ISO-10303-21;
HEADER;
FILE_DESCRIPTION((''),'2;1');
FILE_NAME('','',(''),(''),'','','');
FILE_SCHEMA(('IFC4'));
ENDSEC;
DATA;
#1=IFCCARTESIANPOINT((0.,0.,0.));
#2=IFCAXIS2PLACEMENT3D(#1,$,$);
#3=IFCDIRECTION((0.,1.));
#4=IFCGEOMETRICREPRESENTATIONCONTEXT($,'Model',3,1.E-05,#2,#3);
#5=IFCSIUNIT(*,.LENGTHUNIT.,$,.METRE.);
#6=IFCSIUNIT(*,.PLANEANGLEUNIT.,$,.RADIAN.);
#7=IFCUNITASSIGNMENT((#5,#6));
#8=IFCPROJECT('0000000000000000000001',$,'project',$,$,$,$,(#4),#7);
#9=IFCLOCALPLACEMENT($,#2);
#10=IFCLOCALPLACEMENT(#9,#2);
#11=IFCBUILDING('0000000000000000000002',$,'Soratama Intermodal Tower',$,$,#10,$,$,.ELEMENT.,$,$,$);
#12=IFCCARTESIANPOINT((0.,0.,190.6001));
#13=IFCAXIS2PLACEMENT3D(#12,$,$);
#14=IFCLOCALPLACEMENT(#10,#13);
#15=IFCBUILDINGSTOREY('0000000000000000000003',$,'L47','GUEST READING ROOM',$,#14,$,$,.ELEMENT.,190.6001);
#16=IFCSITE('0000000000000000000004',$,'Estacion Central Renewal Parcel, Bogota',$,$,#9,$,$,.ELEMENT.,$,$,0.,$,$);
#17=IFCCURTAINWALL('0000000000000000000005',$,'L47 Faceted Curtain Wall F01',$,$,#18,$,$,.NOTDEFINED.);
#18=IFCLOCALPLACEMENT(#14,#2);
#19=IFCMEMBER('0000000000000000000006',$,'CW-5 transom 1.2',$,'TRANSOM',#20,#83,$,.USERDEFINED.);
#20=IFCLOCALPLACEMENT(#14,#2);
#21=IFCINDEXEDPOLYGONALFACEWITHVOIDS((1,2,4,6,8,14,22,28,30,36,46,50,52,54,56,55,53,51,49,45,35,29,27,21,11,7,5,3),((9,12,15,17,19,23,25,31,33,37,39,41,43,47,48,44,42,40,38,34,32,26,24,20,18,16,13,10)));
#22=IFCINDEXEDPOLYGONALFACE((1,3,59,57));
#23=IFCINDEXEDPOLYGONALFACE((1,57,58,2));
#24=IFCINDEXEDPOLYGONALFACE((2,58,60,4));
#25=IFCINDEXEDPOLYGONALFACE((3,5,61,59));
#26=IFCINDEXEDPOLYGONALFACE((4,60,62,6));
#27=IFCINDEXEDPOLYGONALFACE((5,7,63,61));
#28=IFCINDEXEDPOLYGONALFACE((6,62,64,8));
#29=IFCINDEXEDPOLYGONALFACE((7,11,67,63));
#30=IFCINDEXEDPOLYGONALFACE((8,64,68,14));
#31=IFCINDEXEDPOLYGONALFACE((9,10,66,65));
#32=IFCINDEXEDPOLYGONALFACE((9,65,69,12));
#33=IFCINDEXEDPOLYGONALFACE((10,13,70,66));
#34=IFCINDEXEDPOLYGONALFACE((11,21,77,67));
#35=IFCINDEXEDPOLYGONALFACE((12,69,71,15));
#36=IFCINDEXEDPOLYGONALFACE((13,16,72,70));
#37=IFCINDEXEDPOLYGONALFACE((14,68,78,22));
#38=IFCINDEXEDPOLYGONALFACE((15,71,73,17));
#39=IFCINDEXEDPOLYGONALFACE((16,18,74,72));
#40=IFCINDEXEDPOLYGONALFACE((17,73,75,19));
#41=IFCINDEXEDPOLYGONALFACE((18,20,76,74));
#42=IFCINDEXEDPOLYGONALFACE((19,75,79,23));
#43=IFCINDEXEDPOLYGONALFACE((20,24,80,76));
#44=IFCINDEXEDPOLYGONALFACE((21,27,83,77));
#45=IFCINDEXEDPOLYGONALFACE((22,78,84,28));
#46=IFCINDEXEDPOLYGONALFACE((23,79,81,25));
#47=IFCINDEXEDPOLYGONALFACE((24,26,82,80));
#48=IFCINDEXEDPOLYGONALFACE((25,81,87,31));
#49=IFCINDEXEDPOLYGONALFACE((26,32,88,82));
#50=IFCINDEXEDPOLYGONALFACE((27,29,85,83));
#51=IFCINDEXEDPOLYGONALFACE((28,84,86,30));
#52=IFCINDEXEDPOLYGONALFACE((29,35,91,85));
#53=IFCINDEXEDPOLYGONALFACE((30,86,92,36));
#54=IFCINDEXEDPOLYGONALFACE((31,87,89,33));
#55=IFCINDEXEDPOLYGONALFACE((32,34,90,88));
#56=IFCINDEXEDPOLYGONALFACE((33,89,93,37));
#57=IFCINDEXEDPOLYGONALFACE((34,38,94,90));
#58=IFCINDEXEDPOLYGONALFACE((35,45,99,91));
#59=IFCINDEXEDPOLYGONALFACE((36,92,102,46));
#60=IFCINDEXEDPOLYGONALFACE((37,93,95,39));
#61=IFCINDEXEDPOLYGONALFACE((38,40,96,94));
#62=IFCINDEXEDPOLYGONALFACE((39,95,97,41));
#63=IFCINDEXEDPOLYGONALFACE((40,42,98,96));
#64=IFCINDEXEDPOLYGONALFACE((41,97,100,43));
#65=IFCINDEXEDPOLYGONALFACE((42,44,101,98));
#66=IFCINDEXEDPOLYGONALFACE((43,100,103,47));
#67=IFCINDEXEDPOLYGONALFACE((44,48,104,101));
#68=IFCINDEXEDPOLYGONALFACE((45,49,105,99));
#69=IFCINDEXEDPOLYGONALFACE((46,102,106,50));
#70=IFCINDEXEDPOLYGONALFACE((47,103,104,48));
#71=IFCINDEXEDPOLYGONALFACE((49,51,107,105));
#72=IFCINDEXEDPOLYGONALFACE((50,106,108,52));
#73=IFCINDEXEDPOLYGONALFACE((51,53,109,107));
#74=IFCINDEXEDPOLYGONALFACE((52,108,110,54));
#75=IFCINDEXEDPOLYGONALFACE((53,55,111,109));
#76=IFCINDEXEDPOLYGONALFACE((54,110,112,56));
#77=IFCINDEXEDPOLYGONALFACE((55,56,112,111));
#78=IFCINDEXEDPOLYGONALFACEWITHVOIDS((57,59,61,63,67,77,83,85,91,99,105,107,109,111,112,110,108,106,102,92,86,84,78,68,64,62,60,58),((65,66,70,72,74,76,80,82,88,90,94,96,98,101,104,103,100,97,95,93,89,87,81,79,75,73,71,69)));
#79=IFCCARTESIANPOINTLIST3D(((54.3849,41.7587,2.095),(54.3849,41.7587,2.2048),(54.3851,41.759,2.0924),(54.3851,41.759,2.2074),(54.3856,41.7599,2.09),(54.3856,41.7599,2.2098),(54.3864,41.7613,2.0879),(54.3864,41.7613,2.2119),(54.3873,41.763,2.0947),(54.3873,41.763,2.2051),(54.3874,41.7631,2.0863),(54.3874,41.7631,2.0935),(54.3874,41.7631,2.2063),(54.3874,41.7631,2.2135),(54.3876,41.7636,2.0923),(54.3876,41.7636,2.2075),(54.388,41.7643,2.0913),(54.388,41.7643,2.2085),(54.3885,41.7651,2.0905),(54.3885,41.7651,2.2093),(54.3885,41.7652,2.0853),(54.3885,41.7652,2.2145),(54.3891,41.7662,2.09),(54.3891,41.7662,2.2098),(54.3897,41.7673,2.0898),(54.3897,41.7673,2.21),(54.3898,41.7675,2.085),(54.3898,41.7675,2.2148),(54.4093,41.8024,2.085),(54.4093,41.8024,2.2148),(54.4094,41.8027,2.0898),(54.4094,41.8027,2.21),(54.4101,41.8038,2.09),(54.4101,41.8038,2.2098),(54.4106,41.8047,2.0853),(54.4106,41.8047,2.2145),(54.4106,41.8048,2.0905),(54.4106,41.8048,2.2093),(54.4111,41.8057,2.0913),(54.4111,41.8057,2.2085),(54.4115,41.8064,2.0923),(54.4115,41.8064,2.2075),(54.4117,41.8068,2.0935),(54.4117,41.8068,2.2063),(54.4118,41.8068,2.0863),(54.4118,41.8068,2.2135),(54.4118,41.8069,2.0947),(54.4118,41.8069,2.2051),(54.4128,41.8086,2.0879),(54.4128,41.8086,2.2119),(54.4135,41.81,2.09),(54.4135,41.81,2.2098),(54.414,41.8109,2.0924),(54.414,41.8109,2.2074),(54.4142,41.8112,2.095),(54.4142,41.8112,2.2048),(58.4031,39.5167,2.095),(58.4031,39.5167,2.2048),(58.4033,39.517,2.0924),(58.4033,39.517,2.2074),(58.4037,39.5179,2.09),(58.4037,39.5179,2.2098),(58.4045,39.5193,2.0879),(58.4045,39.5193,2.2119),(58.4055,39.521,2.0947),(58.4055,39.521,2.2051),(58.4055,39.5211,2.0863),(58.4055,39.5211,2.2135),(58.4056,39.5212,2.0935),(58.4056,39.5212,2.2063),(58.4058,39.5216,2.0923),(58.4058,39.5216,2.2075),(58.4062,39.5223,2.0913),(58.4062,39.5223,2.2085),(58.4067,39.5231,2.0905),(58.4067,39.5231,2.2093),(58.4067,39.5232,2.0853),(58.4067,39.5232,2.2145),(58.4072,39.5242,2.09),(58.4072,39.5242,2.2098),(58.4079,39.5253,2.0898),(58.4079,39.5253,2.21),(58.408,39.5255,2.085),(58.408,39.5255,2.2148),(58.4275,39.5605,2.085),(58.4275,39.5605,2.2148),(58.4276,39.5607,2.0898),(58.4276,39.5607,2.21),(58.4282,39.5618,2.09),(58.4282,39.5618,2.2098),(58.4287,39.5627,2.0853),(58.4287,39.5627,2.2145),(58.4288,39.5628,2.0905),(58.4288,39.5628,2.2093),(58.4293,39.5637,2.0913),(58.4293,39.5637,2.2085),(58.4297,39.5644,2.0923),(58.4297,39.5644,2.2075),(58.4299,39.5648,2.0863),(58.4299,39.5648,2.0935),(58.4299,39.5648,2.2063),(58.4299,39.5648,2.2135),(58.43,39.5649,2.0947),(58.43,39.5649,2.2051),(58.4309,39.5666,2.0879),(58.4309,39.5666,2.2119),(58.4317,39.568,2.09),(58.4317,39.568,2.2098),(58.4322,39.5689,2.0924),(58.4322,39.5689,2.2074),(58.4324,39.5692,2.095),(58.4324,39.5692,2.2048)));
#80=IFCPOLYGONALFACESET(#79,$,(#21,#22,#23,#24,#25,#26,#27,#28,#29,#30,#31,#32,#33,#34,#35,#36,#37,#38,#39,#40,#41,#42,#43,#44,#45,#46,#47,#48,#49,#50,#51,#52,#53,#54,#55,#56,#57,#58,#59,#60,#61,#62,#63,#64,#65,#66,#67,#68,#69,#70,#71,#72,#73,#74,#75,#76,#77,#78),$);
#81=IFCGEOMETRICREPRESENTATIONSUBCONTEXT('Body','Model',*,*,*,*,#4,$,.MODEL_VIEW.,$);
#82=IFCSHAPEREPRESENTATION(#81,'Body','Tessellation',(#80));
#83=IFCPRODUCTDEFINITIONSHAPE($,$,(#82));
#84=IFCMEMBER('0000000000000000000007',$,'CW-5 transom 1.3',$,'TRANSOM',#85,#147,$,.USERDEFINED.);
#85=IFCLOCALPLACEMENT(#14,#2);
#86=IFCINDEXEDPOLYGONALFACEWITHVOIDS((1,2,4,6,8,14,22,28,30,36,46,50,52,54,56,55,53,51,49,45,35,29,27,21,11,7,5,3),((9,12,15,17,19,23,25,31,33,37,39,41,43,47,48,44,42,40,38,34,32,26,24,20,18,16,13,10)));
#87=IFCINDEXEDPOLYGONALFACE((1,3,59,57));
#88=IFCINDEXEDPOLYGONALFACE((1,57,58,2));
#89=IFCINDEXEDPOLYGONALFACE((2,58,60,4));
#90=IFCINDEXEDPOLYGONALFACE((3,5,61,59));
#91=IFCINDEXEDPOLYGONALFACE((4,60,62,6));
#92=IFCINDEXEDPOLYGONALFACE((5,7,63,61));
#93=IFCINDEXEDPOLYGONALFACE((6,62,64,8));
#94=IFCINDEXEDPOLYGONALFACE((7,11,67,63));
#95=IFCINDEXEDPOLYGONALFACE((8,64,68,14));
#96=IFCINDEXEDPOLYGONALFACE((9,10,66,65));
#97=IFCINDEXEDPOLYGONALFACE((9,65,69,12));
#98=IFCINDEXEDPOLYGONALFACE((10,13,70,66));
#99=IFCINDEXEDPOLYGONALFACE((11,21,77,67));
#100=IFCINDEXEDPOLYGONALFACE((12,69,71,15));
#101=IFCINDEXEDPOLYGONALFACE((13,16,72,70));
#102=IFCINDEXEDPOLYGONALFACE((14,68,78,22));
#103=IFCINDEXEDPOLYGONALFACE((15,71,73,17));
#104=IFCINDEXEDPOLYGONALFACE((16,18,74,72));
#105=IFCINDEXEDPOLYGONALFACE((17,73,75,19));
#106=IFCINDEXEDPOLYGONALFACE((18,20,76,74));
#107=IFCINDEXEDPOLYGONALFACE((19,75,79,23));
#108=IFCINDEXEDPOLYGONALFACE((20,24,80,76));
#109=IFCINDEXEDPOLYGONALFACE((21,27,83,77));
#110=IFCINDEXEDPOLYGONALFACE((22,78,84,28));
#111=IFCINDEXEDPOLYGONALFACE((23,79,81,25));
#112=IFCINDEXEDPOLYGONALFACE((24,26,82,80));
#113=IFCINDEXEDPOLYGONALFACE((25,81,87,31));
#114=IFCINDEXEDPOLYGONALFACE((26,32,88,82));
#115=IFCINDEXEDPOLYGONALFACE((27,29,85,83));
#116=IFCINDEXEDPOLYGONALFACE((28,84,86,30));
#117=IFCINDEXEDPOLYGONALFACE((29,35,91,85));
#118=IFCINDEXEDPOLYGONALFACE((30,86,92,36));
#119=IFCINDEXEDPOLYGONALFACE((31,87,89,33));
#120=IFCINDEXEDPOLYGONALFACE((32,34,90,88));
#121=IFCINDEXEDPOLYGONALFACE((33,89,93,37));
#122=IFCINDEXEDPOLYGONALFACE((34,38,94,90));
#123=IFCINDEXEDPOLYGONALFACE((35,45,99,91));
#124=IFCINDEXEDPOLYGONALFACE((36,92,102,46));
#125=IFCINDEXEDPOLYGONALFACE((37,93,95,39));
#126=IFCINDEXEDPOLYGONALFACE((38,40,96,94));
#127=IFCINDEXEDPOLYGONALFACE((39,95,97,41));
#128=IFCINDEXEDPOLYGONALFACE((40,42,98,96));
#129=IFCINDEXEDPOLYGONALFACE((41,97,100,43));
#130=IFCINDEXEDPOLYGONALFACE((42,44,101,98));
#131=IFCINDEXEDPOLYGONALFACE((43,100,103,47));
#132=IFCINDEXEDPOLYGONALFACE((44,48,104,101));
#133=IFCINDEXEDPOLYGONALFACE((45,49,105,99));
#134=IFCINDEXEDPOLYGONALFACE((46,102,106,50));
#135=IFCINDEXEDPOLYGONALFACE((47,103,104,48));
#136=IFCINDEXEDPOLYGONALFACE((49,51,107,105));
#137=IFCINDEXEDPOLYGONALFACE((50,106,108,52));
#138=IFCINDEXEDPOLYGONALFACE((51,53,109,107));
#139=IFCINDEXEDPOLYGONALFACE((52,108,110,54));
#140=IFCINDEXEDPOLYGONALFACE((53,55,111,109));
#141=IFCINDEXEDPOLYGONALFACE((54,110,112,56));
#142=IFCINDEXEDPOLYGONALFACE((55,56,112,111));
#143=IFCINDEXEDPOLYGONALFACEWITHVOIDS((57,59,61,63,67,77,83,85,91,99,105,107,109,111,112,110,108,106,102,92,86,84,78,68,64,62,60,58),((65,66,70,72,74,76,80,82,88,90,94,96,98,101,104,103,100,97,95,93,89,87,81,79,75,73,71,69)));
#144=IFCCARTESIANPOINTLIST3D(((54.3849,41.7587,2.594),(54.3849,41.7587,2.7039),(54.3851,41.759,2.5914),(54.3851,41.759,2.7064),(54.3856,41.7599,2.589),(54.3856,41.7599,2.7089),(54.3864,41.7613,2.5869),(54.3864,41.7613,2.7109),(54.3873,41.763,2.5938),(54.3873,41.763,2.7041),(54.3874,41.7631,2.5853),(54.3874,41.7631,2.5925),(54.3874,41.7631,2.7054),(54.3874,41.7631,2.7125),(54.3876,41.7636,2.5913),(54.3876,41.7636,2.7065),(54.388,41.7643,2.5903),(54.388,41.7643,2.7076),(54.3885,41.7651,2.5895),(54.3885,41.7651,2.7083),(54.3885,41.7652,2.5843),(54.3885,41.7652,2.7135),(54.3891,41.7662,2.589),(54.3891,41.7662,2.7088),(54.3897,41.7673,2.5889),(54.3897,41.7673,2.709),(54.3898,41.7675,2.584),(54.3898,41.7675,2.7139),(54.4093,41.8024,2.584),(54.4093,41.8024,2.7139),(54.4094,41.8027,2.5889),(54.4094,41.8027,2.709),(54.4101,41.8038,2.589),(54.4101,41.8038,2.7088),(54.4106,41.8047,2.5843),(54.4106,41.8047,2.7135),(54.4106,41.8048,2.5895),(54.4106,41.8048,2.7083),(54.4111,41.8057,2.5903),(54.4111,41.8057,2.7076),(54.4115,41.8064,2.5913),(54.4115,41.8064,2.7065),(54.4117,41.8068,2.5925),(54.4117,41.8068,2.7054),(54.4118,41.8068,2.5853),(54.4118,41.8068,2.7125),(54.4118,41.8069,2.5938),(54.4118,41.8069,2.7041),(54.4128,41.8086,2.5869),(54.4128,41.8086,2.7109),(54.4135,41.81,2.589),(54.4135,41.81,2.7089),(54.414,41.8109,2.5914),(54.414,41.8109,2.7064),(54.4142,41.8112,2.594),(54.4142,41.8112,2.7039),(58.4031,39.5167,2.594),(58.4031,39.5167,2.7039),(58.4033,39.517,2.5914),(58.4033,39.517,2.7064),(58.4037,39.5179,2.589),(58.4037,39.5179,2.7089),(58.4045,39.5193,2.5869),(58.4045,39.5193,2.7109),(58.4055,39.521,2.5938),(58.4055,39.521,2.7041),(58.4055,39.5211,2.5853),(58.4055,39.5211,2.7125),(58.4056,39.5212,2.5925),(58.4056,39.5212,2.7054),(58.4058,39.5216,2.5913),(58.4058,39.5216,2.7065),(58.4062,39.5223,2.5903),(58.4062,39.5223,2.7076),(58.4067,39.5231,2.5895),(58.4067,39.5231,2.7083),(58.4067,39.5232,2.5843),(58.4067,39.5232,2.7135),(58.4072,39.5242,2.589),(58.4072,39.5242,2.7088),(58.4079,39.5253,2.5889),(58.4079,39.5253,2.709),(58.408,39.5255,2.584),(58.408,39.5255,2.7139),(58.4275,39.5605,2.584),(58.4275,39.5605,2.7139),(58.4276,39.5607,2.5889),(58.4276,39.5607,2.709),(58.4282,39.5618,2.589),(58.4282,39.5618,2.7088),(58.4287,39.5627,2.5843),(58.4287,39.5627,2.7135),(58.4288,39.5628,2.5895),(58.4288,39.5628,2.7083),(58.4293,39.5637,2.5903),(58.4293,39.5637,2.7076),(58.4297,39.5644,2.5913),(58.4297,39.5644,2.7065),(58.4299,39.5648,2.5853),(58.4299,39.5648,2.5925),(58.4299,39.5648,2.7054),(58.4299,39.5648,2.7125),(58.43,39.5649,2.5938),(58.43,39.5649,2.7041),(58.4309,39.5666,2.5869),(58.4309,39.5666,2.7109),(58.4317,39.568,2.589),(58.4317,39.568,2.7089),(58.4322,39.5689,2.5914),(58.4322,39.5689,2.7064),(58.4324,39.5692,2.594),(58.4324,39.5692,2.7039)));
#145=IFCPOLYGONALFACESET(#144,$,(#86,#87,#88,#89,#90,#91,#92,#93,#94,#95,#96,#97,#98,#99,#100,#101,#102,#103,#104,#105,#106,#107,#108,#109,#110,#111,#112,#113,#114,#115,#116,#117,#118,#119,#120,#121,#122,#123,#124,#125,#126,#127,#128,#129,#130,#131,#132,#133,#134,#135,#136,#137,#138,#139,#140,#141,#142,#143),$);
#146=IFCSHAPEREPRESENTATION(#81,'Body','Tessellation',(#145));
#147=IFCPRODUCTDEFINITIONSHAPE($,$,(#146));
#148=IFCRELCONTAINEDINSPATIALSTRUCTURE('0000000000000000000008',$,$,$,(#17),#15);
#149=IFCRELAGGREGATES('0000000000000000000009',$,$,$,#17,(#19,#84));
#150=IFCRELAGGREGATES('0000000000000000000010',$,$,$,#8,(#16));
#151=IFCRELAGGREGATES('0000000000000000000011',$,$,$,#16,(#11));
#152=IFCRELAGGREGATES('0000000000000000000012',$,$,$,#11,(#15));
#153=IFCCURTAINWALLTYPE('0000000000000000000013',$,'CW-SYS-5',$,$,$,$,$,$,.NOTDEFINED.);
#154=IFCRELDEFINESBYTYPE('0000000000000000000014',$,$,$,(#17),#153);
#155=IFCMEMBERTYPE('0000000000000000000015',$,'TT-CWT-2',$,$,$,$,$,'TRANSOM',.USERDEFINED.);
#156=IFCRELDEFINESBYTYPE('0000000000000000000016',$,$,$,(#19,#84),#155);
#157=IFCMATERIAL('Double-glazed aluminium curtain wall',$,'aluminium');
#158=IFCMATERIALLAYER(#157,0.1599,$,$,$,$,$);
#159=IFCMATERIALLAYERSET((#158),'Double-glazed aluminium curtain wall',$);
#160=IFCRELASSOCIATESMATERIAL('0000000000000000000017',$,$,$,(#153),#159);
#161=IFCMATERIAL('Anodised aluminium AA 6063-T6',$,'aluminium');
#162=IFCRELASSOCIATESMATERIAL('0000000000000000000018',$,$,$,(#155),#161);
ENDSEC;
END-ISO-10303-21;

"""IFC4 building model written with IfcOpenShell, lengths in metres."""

from ifc_helpers import new_model, si_unit, direction, frame, origin, origin_2d, place, context, subcontext, project, spatial, hollow_rectangle, extrude, material, layer, layer_set, material_profile, profile_set, type_object, element, aggregate, save


model = new_model("IFC4")

# Units and contexts
model_context = context("Model", 3, precision=1e-05, world=origin(), true_north=direction((0.0, 1.0)))
body_context = subcontext(model_context, "Body", "Model", "MODEL_VIEW")
ifc_project = project(units=[si_unit("LENGTHUNIT", "METRE"), si_unit("PLANEANGLEUNIT", "RADIAN")], contexts=[model_context])

# Site, building, storey
site_placement = place(None, origin())
site = spatial("IfcSite", under=ifc_project, at=site_placement, Name="Estacion Central Renewal Parcel, Bogota", CompositionType="ELEMENT", RefElevation=0.0)
building_placement = place(site_placement, origin())
building = spatial("IfcBuilding", under=site, at=building_placement, Name="Soratama Intermodal Tower", CompositionType="ELEMENT")
storey_placement = place(building_placement, frame((0.0, 0.0, 190.6001)))
storey = spatial("IfcBuildingStorey", under=building, at=storey_placement, Name="L47", Description="GUEST READING ROOM", CompositionType="ELEMENT", Elevation=190.6001)

# Curtain wall
ifc_material_1 = material(Name="Double-glazed aluminium curtain wall", Category="aluminium")
ifc_layer_1 = layer(ifc_material_1, 0.1599)
ifc_layer_set_1 = layer_set([ifc_layer_1], Name="Double-glazed aluminium curtain wall")
curtain_wall_type = type_object("IfcCurtainWallType", Name="CW-SYS-5", PredefinedType="NOTDEFINED", material=ifc_layer_set_1)
curtain_wall_1_placement = place(storey_placement, origin())
curtain_wall_1 = element("IfcCurtainWall", 1, at=curtain_wall_1_placement, inside=storey, type_object=curtain_wall_type, Name="L47 Faceted Curtain Wall F01", PredefinedType="NOTDEFINED")

# Members
ifc_material_2 = material(Name="Anodised aluminium AA 6063-T6", Category="aluminium")
ifc_material_profile_1 = material_profile(ifc_material_2, hollow_rectangle(XDim=0.0601, YDim=0.1299, WallThickness=0.0049, InnerFilletRadius=0.0049, OuterFilletRadius=0.01, at=origin_2d()), Name="CWT130X60X5")
ifc_profile_set_1 = profile_set([ifc_material_profile_1], Name="Anodised aluminium AA 6063-T6")
member_type_1 = type_object("IfcMemberType", Name="TT-CWT-2", ElementType="TRANSOM", PredefinedType="USERDEFINED", material=ifc_profile_set_1)
member_1_placement = place(storey_placement, frame((58.4177, 39.543, 2.1499), z_axis=(-0.873262, 0.48725, 0.0), x_axis=(-0.48725, -0.873262, 0.0)))
member_1 = element("IfcMember", 2, at=member_1_placement, type_object=member_type_1, Name="CW-5 transom 1.2", ObjectType="TRANSOM", PredefinedType="USERDEFINED", context=body_context, shape_type="SweptSolid", body=[
    extrude(hollow_rectangle(XDim=0.0601, YDim=0.1299, WallThickness=0.0049, InnerFilletRadius=0.0049, OuterFilletRadius=0.01, at=origin_2d()), origin(), (0.0, 0.0, 1.0), 4.6013),
])
member_2_placement = place(storey_placement, frame((58.4177, 39.543, 2.6489), z_axis=(-0.873262, 0.48725, 0.0), x_axis=(-0.48725, -0.873262, 0.0)))
member_2 = element("IfcMember", 3, at=member_2_placement, type_object=member_type_1, Name="CW-5 transom 1.3", ObjectType="TRANSOM", PredefinedType="USERDEFINED", context=body_context, shape_type="SweptSolid", body=[
    extrude(hollow_rectangle(XDim=0.0601, YDim=0.1299, WallThickness=0.0049, InnerFilletRadius=0.0049, OuterFilletRadius=0.01, at=origin_2d()), origin(), (0.0, 0.0, 1.0), 4.6013),
])

aggregate(curtain_wall_1, [member_1, member_2])

save(model, "model.ifc")
